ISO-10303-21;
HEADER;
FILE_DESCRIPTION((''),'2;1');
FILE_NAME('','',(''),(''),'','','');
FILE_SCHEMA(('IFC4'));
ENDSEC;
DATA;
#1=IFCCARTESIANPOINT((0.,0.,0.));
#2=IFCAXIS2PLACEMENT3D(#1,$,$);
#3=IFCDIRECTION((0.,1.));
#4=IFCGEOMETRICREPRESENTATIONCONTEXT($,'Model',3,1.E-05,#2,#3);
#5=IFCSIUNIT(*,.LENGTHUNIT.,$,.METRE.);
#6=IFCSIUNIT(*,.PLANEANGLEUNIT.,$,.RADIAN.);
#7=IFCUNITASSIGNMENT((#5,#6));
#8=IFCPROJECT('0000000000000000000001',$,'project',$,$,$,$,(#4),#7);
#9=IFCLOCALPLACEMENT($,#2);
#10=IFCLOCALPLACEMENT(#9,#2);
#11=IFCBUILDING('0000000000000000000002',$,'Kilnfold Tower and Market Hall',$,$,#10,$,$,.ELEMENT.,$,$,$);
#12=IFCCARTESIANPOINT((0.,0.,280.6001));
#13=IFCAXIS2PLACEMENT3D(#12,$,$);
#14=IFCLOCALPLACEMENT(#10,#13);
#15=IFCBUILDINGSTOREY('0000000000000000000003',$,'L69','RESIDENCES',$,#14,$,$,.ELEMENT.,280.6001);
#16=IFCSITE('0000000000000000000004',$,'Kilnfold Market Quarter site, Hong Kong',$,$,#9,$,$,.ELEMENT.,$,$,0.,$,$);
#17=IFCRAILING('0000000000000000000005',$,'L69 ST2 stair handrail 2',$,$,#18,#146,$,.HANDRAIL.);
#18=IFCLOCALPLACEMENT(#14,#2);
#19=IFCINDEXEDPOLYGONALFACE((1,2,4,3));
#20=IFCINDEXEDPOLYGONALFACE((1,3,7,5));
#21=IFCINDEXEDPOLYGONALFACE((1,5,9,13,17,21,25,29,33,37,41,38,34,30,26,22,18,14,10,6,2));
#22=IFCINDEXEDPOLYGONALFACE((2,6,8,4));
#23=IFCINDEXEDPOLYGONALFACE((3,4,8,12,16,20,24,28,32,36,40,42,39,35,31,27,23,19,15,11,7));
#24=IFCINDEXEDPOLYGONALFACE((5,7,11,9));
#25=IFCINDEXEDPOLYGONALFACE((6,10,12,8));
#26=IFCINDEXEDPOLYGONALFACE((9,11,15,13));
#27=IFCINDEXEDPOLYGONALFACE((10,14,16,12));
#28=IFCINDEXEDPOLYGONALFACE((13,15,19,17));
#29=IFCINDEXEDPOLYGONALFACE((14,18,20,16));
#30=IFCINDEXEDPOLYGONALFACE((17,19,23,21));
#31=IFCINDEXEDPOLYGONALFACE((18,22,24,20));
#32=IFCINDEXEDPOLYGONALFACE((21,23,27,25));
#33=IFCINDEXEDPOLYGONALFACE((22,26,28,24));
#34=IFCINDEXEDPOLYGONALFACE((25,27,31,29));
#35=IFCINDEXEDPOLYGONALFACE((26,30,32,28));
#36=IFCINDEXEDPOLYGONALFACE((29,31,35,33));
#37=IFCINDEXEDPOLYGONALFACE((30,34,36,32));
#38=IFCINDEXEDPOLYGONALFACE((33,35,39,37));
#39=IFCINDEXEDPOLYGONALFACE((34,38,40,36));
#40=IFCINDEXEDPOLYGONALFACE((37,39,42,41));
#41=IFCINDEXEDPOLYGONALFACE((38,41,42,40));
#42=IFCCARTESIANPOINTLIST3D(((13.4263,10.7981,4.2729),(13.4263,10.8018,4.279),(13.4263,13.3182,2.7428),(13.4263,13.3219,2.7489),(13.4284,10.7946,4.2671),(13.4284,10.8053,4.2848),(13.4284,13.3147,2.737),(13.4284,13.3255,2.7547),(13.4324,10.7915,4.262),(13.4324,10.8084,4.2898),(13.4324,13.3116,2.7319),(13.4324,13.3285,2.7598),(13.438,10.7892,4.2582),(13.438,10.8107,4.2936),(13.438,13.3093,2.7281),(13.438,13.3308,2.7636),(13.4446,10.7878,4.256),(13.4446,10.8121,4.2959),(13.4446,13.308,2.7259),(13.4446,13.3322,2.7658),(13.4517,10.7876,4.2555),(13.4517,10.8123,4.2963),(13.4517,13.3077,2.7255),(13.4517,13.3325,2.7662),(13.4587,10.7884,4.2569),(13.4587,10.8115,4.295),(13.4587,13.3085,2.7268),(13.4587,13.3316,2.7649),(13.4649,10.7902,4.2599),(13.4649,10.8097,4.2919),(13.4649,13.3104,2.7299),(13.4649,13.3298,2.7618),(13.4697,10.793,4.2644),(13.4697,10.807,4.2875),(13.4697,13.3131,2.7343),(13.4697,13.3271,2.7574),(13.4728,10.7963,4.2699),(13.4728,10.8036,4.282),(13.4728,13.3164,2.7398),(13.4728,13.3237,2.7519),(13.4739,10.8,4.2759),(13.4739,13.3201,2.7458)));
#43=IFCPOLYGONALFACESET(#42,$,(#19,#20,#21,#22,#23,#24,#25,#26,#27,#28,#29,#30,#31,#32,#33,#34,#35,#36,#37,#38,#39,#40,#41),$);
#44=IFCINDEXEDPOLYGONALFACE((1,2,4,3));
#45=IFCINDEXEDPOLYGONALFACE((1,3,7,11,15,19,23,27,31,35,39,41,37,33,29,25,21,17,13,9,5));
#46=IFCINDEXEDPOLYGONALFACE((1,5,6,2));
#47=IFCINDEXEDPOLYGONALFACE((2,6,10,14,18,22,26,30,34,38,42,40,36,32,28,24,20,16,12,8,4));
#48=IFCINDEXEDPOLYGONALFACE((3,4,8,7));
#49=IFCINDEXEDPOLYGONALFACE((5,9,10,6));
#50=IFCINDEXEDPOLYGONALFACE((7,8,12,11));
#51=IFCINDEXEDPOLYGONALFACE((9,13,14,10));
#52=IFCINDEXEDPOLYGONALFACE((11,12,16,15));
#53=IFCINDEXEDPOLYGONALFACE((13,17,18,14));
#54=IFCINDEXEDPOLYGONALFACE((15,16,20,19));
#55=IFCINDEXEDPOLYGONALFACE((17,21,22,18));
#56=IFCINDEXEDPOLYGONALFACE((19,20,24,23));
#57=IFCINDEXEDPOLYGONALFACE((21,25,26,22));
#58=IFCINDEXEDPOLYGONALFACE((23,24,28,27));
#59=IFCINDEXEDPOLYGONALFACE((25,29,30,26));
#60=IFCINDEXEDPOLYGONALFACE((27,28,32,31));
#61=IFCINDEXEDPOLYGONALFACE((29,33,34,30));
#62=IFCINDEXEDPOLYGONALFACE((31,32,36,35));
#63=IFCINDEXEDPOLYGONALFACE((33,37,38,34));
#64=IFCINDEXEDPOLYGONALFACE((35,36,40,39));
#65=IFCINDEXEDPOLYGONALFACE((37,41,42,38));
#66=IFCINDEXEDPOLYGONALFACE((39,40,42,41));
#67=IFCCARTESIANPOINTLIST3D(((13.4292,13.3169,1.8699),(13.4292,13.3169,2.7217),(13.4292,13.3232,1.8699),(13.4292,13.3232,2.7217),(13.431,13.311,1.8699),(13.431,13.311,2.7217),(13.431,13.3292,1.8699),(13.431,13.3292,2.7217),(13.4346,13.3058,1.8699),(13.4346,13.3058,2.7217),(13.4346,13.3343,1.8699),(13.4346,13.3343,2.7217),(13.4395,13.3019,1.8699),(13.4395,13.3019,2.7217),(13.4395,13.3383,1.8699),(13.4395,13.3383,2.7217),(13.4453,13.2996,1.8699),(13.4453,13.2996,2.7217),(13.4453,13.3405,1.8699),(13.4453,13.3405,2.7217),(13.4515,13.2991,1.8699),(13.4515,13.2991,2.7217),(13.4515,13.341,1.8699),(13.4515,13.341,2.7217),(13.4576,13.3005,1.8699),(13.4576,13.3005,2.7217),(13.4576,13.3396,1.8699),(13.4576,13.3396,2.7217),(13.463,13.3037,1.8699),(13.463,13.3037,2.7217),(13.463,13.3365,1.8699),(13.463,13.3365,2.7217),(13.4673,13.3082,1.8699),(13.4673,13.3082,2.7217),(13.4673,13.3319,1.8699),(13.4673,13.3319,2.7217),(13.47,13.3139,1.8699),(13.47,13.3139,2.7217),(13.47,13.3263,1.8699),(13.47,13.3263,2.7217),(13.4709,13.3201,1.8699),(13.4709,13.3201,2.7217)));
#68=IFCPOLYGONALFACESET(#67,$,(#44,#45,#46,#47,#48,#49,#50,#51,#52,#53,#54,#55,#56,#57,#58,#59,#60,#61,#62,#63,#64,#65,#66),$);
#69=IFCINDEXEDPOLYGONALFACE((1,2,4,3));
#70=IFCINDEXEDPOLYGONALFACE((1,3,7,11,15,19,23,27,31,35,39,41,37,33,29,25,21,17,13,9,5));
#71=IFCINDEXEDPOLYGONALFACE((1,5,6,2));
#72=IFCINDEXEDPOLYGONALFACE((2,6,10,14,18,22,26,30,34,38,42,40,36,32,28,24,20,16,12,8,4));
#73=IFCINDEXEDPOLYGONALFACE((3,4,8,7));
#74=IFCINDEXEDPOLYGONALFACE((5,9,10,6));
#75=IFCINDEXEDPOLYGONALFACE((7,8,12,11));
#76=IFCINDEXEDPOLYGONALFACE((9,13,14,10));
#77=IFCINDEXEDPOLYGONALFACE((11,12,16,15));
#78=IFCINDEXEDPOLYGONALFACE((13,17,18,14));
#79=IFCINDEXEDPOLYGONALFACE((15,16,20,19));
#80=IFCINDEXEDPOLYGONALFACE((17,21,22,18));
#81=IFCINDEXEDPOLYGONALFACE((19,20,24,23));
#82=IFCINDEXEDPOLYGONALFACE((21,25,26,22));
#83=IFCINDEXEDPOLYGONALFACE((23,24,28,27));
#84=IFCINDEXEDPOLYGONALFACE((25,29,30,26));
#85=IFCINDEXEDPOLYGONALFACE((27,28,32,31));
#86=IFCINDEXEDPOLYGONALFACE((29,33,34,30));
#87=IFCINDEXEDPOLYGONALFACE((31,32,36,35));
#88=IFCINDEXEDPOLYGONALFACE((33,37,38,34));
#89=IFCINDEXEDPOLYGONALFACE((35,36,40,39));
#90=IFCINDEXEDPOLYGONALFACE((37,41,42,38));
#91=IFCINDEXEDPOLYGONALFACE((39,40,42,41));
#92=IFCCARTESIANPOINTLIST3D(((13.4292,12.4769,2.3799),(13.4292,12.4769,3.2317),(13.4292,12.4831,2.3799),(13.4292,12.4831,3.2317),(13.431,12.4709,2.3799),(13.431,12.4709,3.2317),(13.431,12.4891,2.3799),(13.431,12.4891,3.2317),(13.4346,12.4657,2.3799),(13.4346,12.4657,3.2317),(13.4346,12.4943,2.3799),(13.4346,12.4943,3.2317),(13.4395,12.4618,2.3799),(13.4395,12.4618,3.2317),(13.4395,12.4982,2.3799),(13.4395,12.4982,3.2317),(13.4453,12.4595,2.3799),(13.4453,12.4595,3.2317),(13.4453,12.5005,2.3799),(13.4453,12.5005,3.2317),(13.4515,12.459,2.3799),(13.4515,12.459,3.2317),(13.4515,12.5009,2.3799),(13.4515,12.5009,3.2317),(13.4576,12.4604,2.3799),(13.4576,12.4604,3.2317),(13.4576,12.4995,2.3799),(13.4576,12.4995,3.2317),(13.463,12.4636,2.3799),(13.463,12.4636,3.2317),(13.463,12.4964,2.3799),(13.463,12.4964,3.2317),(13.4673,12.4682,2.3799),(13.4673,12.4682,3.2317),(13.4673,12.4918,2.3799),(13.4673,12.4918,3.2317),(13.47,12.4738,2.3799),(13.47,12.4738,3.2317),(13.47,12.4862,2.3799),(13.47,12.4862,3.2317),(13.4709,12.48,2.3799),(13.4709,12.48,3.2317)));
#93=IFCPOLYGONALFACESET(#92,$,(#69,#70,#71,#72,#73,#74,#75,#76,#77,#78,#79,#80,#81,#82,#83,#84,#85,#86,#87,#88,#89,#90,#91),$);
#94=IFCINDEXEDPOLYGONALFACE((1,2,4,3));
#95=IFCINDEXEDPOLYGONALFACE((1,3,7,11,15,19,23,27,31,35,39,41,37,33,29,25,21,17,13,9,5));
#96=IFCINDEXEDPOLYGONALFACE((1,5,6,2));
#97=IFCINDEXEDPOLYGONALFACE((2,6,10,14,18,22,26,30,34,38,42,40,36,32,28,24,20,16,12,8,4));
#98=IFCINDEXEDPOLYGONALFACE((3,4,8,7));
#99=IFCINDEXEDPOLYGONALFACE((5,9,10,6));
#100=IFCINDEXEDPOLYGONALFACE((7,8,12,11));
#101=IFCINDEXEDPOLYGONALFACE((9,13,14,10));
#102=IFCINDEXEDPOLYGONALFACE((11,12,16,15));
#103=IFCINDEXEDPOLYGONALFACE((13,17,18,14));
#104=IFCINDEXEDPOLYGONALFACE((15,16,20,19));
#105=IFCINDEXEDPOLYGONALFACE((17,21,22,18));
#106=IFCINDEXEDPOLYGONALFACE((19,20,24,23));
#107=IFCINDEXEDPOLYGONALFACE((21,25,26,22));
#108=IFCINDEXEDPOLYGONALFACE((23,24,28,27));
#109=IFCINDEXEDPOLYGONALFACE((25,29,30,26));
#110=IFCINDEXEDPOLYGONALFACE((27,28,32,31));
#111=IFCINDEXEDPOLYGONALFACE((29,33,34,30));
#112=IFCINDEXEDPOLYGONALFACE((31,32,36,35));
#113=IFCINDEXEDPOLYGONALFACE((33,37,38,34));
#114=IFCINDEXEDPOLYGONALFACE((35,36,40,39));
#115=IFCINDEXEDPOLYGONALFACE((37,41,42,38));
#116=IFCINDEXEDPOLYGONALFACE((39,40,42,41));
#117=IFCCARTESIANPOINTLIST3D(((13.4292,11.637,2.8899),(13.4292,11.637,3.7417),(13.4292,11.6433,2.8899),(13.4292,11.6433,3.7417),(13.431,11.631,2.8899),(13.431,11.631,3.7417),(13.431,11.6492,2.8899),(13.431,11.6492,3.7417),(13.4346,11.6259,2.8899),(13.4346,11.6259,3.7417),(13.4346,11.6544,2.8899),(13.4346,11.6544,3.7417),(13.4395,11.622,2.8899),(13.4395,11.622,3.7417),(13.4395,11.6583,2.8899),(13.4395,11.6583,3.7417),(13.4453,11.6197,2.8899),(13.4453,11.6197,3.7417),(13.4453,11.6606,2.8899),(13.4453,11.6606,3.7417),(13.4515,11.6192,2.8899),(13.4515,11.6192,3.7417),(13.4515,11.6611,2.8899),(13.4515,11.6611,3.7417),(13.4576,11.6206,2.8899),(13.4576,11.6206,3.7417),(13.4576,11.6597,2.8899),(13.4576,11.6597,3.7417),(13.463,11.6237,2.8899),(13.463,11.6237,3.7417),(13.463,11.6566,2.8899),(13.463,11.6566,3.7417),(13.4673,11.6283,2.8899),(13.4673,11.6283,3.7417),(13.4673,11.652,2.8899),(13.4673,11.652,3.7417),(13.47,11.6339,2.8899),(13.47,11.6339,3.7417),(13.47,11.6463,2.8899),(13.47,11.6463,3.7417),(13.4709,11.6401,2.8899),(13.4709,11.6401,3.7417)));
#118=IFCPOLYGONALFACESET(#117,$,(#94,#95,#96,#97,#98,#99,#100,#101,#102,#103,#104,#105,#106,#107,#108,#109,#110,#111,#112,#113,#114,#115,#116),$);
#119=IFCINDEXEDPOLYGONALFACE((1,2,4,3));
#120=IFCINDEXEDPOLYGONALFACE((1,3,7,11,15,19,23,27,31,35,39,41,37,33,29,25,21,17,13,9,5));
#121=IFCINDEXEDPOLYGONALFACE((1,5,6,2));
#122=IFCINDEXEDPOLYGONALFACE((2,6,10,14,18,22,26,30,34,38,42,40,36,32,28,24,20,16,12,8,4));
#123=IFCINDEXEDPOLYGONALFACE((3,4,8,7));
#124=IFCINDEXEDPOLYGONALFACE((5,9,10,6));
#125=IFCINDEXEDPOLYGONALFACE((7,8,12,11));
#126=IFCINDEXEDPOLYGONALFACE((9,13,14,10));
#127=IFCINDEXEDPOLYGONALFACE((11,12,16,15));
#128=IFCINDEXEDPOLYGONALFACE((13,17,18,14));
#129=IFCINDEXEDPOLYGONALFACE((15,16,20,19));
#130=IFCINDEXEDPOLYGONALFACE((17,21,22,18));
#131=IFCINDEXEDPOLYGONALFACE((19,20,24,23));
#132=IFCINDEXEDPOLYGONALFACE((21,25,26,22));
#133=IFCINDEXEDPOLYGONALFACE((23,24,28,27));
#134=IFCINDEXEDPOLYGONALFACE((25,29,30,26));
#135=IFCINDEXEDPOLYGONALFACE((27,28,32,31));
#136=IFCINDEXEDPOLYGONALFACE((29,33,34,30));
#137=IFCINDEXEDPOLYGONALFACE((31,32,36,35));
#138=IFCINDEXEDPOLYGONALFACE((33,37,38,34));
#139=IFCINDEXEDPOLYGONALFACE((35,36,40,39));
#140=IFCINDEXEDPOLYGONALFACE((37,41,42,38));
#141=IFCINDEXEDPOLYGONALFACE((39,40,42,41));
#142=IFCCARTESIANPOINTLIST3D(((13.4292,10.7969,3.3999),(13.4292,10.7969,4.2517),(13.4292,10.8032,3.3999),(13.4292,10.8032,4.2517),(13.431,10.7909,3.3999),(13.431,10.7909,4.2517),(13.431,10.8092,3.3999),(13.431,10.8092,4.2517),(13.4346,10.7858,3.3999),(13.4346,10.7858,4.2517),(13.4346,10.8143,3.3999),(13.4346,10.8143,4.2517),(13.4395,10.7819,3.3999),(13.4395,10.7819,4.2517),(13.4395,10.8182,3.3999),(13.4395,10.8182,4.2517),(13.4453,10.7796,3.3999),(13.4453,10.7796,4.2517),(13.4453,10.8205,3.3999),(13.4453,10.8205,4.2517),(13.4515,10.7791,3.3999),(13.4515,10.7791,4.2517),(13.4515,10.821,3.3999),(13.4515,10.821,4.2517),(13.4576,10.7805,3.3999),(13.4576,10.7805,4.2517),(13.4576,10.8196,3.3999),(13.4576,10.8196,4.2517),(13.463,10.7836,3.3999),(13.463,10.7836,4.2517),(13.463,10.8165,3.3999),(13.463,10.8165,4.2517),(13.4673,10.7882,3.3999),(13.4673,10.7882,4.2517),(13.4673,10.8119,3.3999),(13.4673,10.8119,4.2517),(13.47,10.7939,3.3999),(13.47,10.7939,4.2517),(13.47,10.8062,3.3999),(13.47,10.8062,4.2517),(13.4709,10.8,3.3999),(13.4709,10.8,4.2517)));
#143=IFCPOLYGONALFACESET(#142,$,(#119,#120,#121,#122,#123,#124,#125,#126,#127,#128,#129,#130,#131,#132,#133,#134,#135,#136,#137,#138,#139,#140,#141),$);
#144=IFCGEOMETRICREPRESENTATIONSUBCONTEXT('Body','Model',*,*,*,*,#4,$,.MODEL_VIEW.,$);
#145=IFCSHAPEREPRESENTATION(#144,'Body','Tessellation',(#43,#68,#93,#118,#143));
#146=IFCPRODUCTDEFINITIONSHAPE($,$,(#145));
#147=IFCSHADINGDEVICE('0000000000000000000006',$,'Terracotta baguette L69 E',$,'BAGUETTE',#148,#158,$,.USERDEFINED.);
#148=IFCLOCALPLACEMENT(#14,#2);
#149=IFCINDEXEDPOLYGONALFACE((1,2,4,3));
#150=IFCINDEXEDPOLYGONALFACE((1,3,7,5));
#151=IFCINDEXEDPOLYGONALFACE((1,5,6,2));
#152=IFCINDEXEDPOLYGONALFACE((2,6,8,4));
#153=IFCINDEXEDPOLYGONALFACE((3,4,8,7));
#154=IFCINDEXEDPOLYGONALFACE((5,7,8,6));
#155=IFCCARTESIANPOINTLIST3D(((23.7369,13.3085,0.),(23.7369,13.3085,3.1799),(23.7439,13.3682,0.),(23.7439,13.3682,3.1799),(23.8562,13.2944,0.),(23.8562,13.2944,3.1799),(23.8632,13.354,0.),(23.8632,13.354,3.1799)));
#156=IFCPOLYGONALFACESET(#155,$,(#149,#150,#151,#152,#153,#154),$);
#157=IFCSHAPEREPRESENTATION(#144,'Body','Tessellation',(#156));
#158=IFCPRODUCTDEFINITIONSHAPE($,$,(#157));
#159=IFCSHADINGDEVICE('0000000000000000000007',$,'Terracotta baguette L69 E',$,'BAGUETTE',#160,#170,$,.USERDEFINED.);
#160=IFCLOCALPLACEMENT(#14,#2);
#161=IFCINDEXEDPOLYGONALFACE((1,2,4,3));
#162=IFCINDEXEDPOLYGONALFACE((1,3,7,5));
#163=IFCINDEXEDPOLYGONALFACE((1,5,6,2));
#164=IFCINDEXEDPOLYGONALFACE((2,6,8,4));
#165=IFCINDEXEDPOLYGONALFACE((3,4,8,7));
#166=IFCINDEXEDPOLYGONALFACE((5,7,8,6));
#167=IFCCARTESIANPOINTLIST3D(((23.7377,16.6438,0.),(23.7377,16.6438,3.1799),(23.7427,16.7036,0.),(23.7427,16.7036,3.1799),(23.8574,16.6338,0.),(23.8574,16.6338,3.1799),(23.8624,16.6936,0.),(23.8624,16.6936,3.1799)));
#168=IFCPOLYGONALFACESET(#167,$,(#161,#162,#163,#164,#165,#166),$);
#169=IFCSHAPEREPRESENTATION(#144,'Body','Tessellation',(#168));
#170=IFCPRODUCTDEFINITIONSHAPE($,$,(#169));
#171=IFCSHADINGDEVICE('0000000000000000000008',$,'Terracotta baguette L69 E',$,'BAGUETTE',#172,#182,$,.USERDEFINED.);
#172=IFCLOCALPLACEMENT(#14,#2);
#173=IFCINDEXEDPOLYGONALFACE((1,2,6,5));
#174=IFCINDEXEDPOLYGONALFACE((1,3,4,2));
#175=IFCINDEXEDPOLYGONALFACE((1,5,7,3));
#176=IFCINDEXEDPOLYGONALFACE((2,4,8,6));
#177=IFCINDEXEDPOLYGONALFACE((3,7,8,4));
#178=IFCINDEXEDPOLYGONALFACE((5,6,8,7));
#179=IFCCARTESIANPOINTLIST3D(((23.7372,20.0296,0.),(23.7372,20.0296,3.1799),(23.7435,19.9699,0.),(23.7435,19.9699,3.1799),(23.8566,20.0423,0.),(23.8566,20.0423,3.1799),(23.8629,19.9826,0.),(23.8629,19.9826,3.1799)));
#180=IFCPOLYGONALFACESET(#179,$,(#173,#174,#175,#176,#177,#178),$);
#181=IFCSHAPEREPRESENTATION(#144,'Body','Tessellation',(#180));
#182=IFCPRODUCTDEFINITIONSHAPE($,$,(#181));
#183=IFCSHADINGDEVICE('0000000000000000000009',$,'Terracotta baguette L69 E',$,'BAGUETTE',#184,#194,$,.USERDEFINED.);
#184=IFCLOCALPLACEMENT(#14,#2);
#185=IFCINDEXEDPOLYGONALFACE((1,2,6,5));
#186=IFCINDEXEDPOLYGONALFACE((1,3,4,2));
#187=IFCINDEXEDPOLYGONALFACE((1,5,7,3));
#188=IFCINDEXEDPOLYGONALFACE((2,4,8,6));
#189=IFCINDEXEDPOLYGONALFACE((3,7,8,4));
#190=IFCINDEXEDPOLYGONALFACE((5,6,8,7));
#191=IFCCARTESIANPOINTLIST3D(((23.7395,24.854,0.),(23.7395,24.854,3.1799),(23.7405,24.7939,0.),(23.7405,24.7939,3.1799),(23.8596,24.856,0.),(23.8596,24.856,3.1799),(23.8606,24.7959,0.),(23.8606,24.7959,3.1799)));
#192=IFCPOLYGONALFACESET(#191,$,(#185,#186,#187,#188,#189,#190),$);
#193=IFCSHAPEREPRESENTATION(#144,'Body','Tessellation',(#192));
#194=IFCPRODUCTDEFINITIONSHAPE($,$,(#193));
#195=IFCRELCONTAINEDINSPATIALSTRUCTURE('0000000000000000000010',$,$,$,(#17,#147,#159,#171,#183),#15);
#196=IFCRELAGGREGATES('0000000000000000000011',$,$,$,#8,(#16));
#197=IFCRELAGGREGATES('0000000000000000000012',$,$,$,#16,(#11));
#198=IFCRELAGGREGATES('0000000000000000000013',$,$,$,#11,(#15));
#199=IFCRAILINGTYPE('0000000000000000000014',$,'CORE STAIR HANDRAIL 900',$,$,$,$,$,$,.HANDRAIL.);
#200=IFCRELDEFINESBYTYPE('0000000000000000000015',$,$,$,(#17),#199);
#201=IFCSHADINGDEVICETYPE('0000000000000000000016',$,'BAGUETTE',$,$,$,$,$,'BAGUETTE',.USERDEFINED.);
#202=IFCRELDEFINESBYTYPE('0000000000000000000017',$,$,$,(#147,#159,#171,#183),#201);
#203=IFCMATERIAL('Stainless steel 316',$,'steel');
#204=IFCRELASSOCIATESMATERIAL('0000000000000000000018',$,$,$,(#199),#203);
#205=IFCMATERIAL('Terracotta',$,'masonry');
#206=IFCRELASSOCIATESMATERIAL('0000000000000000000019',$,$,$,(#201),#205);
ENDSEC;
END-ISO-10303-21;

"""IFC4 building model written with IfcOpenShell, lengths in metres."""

from ifc_helpers import new_model, si_unit, direction, frame, origin, origin_2d, place, context, subcontext, project, spatial, rectangle, circle, extrude, source, transform, mapped, material, material_profile, profile_set, type_object, element, save


model = new_model("IFC4")

# Units and contexts
model_context = context("Model", 3, precision=1e-05, world=origin(), true_north=direction((0.0, 1.0)))
body_context = subcontext(model_context, "Body", "Model", "MODEL_VIEW")
ifc_project = project(units=[si_unit("LENGTHUNIT", "METRE"), si_unit("PLANEANGLEUNIT", "RADIAN")], contexts=[model_context])

# Site, building, storey
site_placement = place(None, origin())
site = spatial("IfcSite", under=ifc_project, at=site_placement, Name="Kilnfold Market Quarter site, Hong Kong", CompositionType="ELEMENT", RefElevation=0.0)
building_placement = place(site_placement, origin())
building = spatial("IfcBuilding", under=site, at=building_placement, Name="Kilnfold Tower and Market Hall", CompositionType="ELEMENT")
storey_placement = place(building_placement, frame((0.0, 0.0, 280.6001)))
storey = spatial("IfcBuildingStorey", under=building, at=storey_placement, Name="L69", Description="RESIDENCES", CompositionType="ELEMENT", Elevation=280.6001)

# Railing
ifc_material_1 = material(Name="Stainless steel 316", Category="steel")
railing_type = type_object("IfcRailingType", Name="CORE STAIR HANDRAIL 900", PredefinedType="HANDRAIL", material=ifc_material_1)
railing_placement = place(storey_placement, frame((13.45, 13.3201, 1.8699)))
element("IfcRailing", 1, at=railing_placement, inside=storey, type_object=railing_type, Name="L69 ST2 stair handrail 2", PredefinedType="HANDRAIL", context=body_context, shape_type="SweptSolid", body=[
    extrude(circle(Radius=0.0239, at=origin_2d()), frame((0.0, 0.0, 0.876), z_axis=(0.0, -0.854785, 0.518982), x_axis=(1.0, 0.0, 0.0)), (0.0, 0.0, 1.0), 2.9482),
    extrude(circle(Radius=0.021, at=origin_2d()), origin(), (0.0, 0.0, 1.0), 0.8518),
    extrude(circle(Radius=0.021, at=origin_2d()), frame((0.0, -0.8401, 0.51)), (0.0, 0.0, 1.0), 0.8518),
    extrude(circle(Radius=0.021, at=origin_2d()), frame((0.0, -1.6799, 1.02)), (0.0, 0.0, 1.0), 0.8518),
    extrude(circle(Radius=0.021, at=origin_2d()), frame((0.0, -2.52, 1.53)), (0.0, 0.0, 1.0), 0.8518),
])

# Shading devices
ifc_material_2 = material(Name="Terracotta", Category="masonry")
ifc_material_profile_1 = material_profile(ifc_material_2, rectangle(XDim=0.0601, YDim=0.1201, at=origin_2d()), Name="BAG 60x120")
ifc_profile_set_1 = profile_set([ifc_material_profile_1], Name="Terracotta")
shading_device_type = type_object("IfcShadingDeviceType", Name="BAGUETTE", ElementType="BAGUETTE", PredefinedType="USERDEFINED", material=ifc_profile_set_1)
shared_shape_1 = source(origin(), body_context, "Body", "SweptSolid", [
    extrude(rectangle(XDim=0.0601, YDim=0.1201, at=origin_2d()), origin(), (0.0, 0.0, 1.0), 3.1799),
])
for number, where, z_axis, x_axis, name in (
    (2, (23.8, 13.3313, 0.0), (0.0, 0.0, 1.0), (0.117718, 0.993047, 0.0), "Terracotta baguette L69 E"),
    (3, (23.8, 16.6687, 0.0), (0.0, 0.0, 1.0), (0.08296, 0.996553, 0.0), "Terracotta baguette L69 E"),
    (4, (23.8, 20.0061, 0.0), (0.0, 0.0, 1.0), (-0.10569, 0.994399, 0.0), "Terracotta baguette L69 E"),
    (5, (23.8, 24.825, 0.0), (0.0, 0.0, 1.0), (-0.016458, 0.999865, 0.0), "Terracotta baguette L69 E"),
):
    element("IfcShadingDevice", number, at=place(storey_placement, frame(where, z_axis=z_axis, x_axis=x_axis)), inside=storey, type_object=shading_device_type, Name=name, ObjectType="BAGUETTE", PredefinedType="USERDEFINED", context=body_context, shape_type="MappedRepresentation", body=[
        mapped(shared_shape_1, transform((0.0, 0.0, 0.0))),
    ])

save(model, "model.ifc")
